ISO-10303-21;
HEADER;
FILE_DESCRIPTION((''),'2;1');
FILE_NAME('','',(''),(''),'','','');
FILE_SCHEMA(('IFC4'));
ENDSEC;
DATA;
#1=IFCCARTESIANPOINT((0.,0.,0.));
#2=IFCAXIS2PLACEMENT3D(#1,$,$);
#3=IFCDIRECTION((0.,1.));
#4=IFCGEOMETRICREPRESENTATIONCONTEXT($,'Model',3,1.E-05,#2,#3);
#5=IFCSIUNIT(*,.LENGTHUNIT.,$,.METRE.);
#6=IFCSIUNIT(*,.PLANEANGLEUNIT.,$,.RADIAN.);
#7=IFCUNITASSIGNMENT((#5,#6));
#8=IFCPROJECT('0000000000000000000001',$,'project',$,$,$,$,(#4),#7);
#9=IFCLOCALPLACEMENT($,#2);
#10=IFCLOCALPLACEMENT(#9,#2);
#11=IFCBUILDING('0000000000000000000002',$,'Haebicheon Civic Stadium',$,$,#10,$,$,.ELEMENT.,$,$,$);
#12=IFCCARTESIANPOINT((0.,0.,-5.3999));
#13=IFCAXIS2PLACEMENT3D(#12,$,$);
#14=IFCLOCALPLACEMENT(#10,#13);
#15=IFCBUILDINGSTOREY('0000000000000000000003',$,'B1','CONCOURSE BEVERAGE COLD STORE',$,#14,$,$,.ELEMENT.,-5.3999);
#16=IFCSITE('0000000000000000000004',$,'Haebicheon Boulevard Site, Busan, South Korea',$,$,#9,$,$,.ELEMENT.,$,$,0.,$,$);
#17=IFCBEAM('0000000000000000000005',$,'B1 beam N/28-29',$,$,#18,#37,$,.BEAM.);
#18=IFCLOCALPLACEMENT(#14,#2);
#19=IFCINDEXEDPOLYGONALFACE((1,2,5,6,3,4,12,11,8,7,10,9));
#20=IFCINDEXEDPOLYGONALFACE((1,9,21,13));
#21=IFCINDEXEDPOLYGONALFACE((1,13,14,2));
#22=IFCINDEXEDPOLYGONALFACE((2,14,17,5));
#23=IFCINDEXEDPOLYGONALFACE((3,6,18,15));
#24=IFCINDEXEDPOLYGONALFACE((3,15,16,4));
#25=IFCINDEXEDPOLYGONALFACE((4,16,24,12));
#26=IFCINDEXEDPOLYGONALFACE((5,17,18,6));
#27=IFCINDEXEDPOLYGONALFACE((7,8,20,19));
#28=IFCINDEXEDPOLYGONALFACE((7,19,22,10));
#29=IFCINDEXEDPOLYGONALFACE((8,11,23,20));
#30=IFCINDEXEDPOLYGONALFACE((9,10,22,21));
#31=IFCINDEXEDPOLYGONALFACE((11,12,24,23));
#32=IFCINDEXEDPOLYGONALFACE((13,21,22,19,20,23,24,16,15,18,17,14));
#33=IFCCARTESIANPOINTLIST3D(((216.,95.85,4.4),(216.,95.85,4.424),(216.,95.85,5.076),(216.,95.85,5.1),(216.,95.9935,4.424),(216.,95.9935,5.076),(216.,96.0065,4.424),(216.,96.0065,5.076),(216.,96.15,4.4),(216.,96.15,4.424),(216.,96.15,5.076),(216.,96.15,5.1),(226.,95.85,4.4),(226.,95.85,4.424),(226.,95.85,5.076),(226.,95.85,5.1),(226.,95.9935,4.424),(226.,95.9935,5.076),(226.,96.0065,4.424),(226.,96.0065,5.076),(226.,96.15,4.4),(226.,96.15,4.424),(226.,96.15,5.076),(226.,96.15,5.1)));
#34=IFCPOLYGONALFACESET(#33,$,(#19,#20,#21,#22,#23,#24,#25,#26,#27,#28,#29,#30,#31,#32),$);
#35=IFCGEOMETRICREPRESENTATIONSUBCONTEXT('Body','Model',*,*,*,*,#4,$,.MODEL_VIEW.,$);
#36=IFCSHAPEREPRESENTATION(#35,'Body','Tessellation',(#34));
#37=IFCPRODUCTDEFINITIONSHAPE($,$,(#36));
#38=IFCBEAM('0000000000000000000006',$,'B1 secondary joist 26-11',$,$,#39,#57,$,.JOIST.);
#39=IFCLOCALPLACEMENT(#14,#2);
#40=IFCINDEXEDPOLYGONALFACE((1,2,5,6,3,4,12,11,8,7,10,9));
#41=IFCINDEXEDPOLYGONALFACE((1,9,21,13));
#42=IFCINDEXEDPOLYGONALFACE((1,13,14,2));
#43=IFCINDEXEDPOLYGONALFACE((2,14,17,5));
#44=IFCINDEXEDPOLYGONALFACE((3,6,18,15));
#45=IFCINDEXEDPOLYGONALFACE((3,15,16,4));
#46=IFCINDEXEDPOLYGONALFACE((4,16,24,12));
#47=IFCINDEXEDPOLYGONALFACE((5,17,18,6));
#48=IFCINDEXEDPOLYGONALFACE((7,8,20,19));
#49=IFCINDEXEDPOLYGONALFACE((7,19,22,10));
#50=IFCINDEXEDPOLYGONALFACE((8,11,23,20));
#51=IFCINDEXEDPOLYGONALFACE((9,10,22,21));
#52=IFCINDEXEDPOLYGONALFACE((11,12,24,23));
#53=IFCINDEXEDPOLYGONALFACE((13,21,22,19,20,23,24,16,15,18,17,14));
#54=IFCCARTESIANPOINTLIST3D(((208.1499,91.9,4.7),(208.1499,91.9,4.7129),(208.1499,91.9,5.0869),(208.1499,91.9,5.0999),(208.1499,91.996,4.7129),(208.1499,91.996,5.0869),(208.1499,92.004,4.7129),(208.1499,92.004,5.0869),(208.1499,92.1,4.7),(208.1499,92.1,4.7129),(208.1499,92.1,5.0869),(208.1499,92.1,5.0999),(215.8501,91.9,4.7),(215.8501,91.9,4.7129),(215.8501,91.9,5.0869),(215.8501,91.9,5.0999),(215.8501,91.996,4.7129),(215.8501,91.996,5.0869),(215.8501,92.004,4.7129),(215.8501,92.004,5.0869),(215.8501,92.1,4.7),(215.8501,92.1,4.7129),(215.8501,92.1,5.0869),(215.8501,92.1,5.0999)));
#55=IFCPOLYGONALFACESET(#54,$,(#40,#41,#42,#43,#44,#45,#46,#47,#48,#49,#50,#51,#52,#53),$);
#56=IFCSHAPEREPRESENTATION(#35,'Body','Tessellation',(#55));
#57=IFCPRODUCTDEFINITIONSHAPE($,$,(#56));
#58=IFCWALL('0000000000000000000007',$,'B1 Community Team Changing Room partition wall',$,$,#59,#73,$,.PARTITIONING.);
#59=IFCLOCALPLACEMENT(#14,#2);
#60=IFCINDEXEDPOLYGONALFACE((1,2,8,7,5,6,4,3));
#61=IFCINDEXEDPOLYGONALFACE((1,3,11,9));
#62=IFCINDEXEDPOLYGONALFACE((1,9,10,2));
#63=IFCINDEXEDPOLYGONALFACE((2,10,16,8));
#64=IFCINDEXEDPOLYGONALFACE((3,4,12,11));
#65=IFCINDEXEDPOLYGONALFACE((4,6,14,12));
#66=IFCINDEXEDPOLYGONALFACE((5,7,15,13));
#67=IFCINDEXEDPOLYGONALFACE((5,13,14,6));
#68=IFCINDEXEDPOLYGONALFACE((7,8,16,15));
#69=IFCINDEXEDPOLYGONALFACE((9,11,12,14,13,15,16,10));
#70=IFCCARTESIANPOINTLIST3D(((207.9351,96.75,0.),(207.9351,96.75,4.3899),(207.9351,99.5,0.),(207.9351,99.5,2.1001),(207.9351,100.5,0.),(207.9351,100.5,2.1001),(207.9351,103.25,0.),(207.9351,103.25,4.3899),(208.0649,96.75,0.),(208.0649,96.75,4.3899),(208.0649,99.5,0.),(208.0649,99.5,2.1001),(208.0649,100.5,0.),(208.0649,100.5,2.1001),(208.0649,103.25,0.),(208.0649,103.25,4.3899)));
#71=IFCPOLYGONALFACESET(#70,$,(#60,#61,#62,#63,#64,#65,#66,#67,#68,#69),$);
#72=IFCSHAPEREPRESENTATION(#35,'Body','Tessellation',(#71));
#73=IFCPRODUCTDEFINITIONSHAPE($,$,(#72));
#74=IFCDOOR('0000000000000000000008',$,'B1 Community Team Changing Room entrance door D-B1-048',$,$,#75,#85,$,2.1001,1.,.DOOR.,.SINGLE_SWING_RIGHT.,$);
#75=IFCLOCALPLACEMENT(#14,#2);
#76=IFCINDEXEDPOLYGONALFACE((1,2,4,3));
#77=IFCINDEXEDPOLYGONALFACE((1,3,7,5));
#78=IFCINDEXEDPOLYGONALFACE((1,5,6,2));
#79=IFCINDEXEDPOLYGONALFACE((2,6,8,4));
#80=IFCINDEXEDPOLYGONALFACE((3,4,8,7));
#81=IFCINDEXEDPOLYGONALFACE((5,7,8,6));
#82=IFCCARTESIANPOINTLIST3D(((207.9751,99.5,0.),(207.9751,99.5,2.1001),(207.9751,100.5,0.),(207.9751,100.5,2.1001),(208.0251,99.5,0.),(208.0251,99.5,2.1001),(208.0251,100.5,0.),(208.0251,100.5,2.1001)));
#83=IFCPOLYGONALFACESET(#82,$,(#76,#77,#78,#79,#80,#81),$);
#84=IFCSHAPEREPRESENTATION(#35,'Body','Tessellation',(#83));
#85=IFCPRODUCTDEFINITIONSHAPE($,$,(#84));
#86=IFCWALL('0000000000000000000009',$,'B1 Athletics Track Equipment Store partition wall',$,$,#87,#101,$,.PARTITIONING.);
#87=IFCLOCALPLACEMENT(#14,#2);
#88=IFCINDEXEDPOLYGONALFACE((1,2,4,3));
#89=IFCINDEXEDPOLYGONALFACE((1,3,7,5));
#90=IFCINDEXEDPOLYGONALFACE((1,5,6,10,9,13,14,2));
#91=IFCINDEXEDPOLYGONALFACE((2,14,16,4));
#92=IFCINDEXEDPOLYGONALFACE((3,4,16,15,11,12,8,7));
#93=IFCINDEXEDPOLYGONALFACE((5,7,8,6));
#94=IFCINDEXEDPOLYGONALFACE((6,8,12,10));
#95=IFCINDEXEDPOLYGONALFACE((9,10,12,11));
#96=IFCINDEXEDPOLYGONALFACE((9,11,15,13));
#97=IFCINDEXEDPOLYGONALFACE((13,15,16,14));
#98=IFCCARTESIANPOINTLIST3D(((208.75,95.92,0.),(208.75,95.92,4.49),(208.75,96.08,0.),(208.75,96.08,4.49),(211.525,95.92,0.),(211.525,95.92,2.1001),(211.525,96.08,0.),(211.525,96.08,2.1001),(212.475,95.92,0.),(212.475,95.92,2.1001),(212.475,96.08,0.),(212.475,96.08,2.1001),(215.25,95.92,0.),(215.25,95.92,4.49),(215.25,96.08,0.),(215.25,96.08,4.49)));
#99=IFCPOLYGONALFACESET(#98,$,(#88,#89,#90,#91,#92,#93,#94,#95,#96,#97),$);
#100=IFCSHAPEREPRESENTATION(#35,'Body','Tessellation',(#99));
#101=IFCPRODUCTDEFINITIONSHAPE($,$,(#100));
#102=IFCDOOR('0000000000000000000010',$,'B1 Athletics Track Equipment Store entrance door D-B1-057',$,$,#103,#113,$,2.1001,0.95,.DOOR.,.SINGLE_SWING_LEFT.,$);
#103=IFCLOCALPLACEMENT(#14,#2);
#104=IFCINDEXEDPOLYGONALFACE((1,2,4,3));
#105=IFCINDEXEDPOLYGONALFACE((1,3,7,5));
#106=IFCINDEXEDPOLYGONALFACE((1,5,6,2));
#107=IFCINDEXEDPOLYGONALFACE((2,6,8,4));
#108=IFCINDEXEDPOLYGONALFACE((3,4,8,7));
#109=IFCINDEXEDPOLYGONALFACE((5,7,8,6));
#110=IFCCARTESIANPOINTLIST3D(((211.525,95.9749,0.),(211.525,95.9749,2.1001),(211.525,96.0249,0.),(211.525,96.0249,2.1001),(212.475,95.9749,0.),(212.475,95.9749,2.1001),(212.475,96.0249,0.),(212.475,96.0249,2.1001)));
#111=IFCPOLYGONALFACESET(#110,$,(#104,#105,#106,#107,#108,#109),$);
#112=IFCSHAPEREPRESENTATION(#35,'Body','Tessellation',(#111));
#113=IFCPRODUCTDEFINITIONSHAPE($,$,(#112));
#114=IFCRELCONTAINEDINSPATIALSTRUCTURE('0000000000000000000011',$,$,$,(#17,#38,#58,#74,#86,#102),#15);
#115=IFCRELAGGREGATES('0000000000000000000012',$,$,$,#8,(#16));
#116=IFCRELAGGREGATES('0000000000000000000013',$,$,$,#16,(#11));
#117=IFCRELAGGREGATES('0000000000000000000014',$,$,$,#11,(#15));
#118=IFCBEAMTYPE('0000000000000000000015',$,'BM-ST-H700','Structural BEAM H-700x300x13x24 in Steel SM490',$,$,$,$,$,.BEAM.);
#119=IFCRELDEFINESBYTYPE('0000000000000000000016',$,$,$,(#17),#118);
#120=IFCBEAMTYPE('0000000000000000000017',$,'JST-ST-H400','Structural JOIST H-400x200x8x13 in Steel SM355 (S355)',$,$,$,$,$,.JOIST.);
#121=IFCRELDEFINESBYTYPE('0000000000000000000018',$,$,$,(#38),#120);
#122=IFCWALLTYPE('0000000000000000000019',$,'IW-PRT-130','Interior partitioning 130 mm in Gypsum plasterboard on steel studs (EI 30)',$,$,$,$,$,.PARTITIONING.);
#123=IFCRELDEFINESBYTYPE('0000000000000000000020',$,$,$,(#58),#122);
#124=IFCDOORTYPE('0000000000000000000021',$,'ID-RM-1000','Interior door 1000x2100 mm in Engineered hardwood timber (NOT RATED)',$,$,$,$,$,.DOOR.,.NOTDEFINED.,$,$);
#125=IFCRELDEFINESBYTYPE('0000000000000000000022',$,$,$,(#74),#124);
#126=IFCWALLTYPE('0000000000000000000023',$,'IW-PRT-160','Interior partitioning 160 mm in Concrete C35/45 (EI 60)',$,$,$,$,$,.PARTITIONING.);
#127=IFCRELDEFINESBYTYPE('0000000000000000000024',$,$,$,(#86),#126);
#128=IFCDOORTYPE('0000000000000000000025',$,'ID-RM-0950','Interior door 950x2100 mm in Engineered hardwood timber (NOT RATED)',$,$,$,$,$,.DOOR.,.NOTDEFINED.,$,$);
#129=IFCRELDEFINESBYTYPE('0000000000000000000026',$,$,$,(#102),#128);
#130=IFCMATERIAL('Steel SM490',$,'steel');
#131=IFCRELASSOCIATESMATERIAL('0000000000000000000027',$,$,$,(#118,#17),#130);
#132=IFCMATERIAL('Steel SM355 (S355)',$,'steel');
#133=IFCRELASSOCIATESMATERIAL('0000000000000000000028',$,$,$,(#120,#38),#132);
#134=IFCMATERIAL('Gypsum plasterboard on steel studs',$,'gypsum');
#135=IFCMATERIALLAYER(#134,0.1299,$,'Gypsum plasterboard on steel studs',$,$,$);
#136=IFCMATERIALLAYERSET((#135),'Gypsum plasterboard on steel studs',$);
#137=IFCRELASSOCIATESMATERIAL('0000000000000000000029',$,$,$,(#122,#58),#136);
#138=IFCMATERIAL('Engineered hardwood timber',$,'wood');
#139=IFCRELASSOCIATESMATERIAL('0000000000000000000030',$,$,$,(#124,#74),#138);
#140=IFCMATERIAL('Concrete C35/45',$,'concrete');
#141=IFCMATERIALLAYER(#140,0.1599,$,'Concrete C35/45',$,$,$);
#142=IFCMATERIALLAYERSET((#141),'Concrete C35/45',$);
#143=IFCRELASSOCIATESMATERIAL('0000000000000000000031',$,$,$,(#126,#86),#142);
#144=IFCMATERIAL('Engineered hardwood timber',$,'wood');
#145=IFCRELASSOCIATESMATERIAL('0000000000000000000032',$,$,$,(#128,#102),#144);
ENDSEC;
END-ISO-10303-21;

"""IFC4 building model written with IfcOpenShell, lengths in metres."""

from ifc_helpers import new_model, si_unit, direction, frame, frame_2d, origin, origin_2d, place, context, subcontext, project, spatial, rectangle, i_section, extrude, material, layer, layer_set, material_profile, profile_set, type_object, element, fill, save


model = new_model("IFC4")

# Units and contexts
model_context = context("Model", 3, precision=1e-05, world=origin(), true_north=direction((0.0, 1.0)))
body_context = subcontext(model_context, "Body", "Model", "MODEL_VIEW")
ifc_project = project(units=[si_unit("LENGTHUNIT", "METRE"), si_unit("PLANEANGLEUNIT", "RADIAN")], contexts=[model_context])

# Site, building, storey
site_placement = place(None, origin())
site = spatial("IfcSite", under=ifc_project, at=site_placement, Name="Haebicheon Boulevard Site, Busan, South Korea", CompositionType="ELEMENT", RefElevation=0.0)
building_placement = place(site_placement, origin())
building = spatial("IfcBuilding", under=site, at=building_placement, Name="Haebicheon Civic Stadium", CompositionType="ELEMENT")
storey_placement = place(building_placement, frame((0.0, 0.0, -5.3999)))
storey = spatial("IfcBuildingStorey", under=building, at=storey_placement, Name="B1", Description="CONCOURSE BEVERAGE COLD STORE", CompositionType="ELEMENT", Elevation=-5.3999)

# Beams
ifc_material_1 = material(Name="Steel SM490", Category="steel")
ifc_material_profile_1 = material_profile(ifc_material_1, i_section(OverallWidth=0.3, OverallDepth=0.7, WebThickness=0.0129, FlangeThickness=0.0239, at=origin_2d()), Name="H-700x300x13x24")
ifc_profile_set_1 = profile_set([ifc_material_profile_1], Name="Steel SM490")
beam_type_1 = type_object("IfcBeamType", Name="BM-ST-H700", Description="Structural BEAM H-700x300x13x24 in Steel SM490", PredefinedType="BEAM", material=ifc_profile_set_1)
for number, where, z_axis, x_axis, name in (
    (1, (216.0, 96.0, 4.75), (1.0, 0.0, 0.0), (0.0, 1.0, 0.0), "B1 beam N/28-29"),
):
    element("IfcBeam", number, at=place(storey_placement, frame(where, z_axis=z_axis, x_axis=x_axis)), inside=storey, type_object=beam_type_1, material=ifc_profile_set_1, Name=name, PredefinedType="BEAM", context=body_context, shape_type="SweptSolid", body=[
        extrude(i_section(OverallWidth=0.3, OverallDepth=0.7, WebThickness=0.0129, FlangeThickness=0.0239, at=origin_2d()), origin(), (0.0, 0.0, 1.0), 10.0),
    ])
ifc_material_2 = material(Name="Steel SM355 (S355)", Category="steel")
ifc_material_profile_2 = material_profile(ifc_material_2, i_section(OverallWidth=0.2, OverallDepth=0.3999, WebThickness=0.0081, FlangeThickness=0.0129, at=origin_2d()), Name="H-400x200x8x13")
ifc_profile_set_2 = profile_set([ifc_material_profile_2], Name="Steel SM355 (S355)")
beam_type_2 = type_object("IfcBeamType", Name="JST-ST-H400", Description="Structural JOIST H-400x200x8x13 in Steel SM355 (S355)", PredefinedType="JOIST", material=ifc_profile_set_2)
beam_1_placement = place(storey_placement, frame((208.1499, 92.0, 4.8999), z_axis=(1.0, 0.0, 0.0), x_axis=(0.0, 1.0, 0.0)))
element("IfcBeam", 2, at=beam_1_placement, inside=storey, type_object=beam_type_2, material=ifc_profile_set_2, Name="B1 secondary joist 26-11", PredefinedType="JOIST", context=body_context, shape_type="SweptSolid", body=[
    extrude(i_section(OverallWidth=0.2, OverallDepth=0.3999, WebThickness=0.0081, FlangeThickness=0.0129, at=origin_2d()), origin(), (0.0, 0.0, 1.0), 7.7002),
])

# Walls, openings, doors
ifc_material_3 = material(Name="Gypsum plasterboard on steel studs", Category="gypsum")
ifc_layer_1 = layer(ifc_material_3, 0.1299, Name="Gypsum plasterboard on steel studs")
ifc_layer_set_1 = layer_set([ifc_layer_1], Name="Gypsum plasterboard on steel studs")
wall_type_1 = type_object("IfcWallType", Name="IW-PRT-130", Description="Interior partitioning 130 mm in Gypsum plasterboard on steel studs (EI 30)", PredefinedType="PARTITIONING", material=ifc_layer_set_1)
wall_1_placement = place(storey_placement, frame((208.0, 96.75, 0.0), z_axis=(0.0, 0.0, 1.0), x_axis=(0.0, 1.0, 0.0)))
wall_1 = element("IfcWall", 3, at=wall_1_placement, inside=storey, type_object=wall_type_1, material=ifc_layer_set_1, Name="B1 Community Team Changing Room partition wall", PredefinedType="PARTITIONING", context=body_context, shape_type="SweptSolid", body=[
    extrude(rectangle(XDim=6.5, YDim=0.1299, at=frame_2d((3.25, 0.0))), origin(), (0.0, 0.0, 1.0), 4.3899),
])
opening_1_placement = place(wall_1_placement, frame((2.75, 0.0, 0.0)))
opening_1 = element("IfcOpeningElement", 4, at=opening_1_placement, cuts=wall_1, PredefinedType="OPENING", context=body_context, shape_type="SweptSolid", body=[
    extrude(rectangle(XDim=1.0, YDim=2.1001, at=frame_2d((0.5, 1.05))), frame((0.0, 0.075, 0.0), z_axis=(0.0, -1.0, 0.0), x_axis=(1.0, 0.0, 0.0)), (0.0, 0.0, 1.0), 0.1499),
])
ifc_material_4 = material(Name="Engineered hardwood timber", Category="wood")
door_type_1 = type_object("IfcDoorType", Name="ID-RM-1000", Description="Interior door 1000x2100 mm in Engineered hardwood timber (NOT RATED)", OperationType="NOTDEFINED", PredefinedType="DOOR", material=ifc_material_4)
door_1_placement = place(opening_1_placement, origin())
door_1 = element("IfcDoor", 5, at=door_1_placement, inside=storey, type_object=door_type_1, material=ifc_material_4, Name="B1 Community Team Changing Room entrance door D-B1-048", OperationType="SINGLE_SWING_RIGHT", OverallHeight=2.1001, OverallWidth=1.0, PredefinedType="DOOR", context=body_context, shape_type="SweptSolid", body=[
    extrude(rectangle(XDim=1.0, YDim=2.1001, at=frame_2d((0.5, 1.05))), frame((0.0, 0.0249, 0.0), z_axis=(0.0, -1.0, 0.0), x_axis=(1.0, 0.0, 0.0)), (0.0, 0.0, 1.0), 0.05),
])
fill(opening_1, door_1)
ifc_material_5 = material(Name="Concrete C35/45", Category="concrete")
ifc_layer_2 = layer(ifc_material_5, 0.1599, Name="Concrete C35/45")
ifc_layer_set_2 = layer_set([ifc_layer_2], Name="Concrete C35/45")
wall_type_2 = type_object("IfcWallType", Name="IW-PRT-160", Description="Interior partitioning 160 mm in Concrete C35/45 (EI 60)", PredefinedType="PARTITIONING", material=ifc_layer_set_2)
wall_2_placement = place(storey_placement, frame((208.75, 96.0, 0.0), z_axis=(0.0, 0.0, 1.0), x_axis=(1.0, 0.0, 0.0)))
wall_2 = element("IfcWall", 6, at=wall_2_placement, inside=storey, type_object=wall_type_2, material=ifc_layer_set_2, Name="B1 Athletics Track Equipment Store partition wall", PredefinedType="PARTITIONING", context=body_context, shape_type="SweptSolid", body=[
    extrude(rectangle(XDim=6.5, YDim=0.1599, at=frame_2d((3.25, 0.0))), origin(), (0.0, 0.0, 1.0), 4.49),
])
opening_2_placement = place(wall_2_placement, frame((2.7749, 0.0, 0.0)))
opening_2 = element("IfcOpeningElement", 7, at=opening_2_placement, cuts=wall_2, PredefinedType="OPENING", context=body_context, shape_type="SweptSolid", body=[
    extrude(rectangle(XDim=0.95, YDim=2.1001, at=frame_2d((0.4751, 1.05))), frame((0.0, 0.0898, 0.0), z_axis=(0.0, -1.0, 0.0), x_axis=(1.0, 0.0, 0.0)), (0.0, 0.0, 1.0), 0.1799),
])
ifc_material_6 = material(Name="Engineered hardwood timber", Category="wood")
door_type_2 = type_object("IfcDoorType", Name="ID-RM-0950", Description="Interior door 950x2100 mm in Engineered hardwood timber (NOT RATED)", OperationType="NOTDEFINED", PredefinedType="DOOR", material=ifc_material_6)
door_2_placement = place(opening_2_placement, origin())
door_2 = element("IfcDoor", 8, at=door_2_placement, inside=storey, type_object=door_type_2, material=ifc_material_6, Name="B1 Athletics Track Equipment Store entrance door D-B1-057", OperationType="SINGLE_SWING_LEFT", OverallHeight=2.1001, OverallWidth=0.95, PredefinedType="DOOR", context=body_context, shape_type="SweptSolid", body=[
    extrude(rectangle(XDim=0.95, YDim=2.1001, at=frame_2d((0.4751, 1.05))), frame((0.0, 0.0249, 0.0), z_axis=(0.0, -1.0, 0.0), x_axis=(1.0, 0.0, 0.0)), (0.0, 0.0, 1.0), 0.05),
])
fill(opening_2, door_2)

save(model, "model.ifc")
